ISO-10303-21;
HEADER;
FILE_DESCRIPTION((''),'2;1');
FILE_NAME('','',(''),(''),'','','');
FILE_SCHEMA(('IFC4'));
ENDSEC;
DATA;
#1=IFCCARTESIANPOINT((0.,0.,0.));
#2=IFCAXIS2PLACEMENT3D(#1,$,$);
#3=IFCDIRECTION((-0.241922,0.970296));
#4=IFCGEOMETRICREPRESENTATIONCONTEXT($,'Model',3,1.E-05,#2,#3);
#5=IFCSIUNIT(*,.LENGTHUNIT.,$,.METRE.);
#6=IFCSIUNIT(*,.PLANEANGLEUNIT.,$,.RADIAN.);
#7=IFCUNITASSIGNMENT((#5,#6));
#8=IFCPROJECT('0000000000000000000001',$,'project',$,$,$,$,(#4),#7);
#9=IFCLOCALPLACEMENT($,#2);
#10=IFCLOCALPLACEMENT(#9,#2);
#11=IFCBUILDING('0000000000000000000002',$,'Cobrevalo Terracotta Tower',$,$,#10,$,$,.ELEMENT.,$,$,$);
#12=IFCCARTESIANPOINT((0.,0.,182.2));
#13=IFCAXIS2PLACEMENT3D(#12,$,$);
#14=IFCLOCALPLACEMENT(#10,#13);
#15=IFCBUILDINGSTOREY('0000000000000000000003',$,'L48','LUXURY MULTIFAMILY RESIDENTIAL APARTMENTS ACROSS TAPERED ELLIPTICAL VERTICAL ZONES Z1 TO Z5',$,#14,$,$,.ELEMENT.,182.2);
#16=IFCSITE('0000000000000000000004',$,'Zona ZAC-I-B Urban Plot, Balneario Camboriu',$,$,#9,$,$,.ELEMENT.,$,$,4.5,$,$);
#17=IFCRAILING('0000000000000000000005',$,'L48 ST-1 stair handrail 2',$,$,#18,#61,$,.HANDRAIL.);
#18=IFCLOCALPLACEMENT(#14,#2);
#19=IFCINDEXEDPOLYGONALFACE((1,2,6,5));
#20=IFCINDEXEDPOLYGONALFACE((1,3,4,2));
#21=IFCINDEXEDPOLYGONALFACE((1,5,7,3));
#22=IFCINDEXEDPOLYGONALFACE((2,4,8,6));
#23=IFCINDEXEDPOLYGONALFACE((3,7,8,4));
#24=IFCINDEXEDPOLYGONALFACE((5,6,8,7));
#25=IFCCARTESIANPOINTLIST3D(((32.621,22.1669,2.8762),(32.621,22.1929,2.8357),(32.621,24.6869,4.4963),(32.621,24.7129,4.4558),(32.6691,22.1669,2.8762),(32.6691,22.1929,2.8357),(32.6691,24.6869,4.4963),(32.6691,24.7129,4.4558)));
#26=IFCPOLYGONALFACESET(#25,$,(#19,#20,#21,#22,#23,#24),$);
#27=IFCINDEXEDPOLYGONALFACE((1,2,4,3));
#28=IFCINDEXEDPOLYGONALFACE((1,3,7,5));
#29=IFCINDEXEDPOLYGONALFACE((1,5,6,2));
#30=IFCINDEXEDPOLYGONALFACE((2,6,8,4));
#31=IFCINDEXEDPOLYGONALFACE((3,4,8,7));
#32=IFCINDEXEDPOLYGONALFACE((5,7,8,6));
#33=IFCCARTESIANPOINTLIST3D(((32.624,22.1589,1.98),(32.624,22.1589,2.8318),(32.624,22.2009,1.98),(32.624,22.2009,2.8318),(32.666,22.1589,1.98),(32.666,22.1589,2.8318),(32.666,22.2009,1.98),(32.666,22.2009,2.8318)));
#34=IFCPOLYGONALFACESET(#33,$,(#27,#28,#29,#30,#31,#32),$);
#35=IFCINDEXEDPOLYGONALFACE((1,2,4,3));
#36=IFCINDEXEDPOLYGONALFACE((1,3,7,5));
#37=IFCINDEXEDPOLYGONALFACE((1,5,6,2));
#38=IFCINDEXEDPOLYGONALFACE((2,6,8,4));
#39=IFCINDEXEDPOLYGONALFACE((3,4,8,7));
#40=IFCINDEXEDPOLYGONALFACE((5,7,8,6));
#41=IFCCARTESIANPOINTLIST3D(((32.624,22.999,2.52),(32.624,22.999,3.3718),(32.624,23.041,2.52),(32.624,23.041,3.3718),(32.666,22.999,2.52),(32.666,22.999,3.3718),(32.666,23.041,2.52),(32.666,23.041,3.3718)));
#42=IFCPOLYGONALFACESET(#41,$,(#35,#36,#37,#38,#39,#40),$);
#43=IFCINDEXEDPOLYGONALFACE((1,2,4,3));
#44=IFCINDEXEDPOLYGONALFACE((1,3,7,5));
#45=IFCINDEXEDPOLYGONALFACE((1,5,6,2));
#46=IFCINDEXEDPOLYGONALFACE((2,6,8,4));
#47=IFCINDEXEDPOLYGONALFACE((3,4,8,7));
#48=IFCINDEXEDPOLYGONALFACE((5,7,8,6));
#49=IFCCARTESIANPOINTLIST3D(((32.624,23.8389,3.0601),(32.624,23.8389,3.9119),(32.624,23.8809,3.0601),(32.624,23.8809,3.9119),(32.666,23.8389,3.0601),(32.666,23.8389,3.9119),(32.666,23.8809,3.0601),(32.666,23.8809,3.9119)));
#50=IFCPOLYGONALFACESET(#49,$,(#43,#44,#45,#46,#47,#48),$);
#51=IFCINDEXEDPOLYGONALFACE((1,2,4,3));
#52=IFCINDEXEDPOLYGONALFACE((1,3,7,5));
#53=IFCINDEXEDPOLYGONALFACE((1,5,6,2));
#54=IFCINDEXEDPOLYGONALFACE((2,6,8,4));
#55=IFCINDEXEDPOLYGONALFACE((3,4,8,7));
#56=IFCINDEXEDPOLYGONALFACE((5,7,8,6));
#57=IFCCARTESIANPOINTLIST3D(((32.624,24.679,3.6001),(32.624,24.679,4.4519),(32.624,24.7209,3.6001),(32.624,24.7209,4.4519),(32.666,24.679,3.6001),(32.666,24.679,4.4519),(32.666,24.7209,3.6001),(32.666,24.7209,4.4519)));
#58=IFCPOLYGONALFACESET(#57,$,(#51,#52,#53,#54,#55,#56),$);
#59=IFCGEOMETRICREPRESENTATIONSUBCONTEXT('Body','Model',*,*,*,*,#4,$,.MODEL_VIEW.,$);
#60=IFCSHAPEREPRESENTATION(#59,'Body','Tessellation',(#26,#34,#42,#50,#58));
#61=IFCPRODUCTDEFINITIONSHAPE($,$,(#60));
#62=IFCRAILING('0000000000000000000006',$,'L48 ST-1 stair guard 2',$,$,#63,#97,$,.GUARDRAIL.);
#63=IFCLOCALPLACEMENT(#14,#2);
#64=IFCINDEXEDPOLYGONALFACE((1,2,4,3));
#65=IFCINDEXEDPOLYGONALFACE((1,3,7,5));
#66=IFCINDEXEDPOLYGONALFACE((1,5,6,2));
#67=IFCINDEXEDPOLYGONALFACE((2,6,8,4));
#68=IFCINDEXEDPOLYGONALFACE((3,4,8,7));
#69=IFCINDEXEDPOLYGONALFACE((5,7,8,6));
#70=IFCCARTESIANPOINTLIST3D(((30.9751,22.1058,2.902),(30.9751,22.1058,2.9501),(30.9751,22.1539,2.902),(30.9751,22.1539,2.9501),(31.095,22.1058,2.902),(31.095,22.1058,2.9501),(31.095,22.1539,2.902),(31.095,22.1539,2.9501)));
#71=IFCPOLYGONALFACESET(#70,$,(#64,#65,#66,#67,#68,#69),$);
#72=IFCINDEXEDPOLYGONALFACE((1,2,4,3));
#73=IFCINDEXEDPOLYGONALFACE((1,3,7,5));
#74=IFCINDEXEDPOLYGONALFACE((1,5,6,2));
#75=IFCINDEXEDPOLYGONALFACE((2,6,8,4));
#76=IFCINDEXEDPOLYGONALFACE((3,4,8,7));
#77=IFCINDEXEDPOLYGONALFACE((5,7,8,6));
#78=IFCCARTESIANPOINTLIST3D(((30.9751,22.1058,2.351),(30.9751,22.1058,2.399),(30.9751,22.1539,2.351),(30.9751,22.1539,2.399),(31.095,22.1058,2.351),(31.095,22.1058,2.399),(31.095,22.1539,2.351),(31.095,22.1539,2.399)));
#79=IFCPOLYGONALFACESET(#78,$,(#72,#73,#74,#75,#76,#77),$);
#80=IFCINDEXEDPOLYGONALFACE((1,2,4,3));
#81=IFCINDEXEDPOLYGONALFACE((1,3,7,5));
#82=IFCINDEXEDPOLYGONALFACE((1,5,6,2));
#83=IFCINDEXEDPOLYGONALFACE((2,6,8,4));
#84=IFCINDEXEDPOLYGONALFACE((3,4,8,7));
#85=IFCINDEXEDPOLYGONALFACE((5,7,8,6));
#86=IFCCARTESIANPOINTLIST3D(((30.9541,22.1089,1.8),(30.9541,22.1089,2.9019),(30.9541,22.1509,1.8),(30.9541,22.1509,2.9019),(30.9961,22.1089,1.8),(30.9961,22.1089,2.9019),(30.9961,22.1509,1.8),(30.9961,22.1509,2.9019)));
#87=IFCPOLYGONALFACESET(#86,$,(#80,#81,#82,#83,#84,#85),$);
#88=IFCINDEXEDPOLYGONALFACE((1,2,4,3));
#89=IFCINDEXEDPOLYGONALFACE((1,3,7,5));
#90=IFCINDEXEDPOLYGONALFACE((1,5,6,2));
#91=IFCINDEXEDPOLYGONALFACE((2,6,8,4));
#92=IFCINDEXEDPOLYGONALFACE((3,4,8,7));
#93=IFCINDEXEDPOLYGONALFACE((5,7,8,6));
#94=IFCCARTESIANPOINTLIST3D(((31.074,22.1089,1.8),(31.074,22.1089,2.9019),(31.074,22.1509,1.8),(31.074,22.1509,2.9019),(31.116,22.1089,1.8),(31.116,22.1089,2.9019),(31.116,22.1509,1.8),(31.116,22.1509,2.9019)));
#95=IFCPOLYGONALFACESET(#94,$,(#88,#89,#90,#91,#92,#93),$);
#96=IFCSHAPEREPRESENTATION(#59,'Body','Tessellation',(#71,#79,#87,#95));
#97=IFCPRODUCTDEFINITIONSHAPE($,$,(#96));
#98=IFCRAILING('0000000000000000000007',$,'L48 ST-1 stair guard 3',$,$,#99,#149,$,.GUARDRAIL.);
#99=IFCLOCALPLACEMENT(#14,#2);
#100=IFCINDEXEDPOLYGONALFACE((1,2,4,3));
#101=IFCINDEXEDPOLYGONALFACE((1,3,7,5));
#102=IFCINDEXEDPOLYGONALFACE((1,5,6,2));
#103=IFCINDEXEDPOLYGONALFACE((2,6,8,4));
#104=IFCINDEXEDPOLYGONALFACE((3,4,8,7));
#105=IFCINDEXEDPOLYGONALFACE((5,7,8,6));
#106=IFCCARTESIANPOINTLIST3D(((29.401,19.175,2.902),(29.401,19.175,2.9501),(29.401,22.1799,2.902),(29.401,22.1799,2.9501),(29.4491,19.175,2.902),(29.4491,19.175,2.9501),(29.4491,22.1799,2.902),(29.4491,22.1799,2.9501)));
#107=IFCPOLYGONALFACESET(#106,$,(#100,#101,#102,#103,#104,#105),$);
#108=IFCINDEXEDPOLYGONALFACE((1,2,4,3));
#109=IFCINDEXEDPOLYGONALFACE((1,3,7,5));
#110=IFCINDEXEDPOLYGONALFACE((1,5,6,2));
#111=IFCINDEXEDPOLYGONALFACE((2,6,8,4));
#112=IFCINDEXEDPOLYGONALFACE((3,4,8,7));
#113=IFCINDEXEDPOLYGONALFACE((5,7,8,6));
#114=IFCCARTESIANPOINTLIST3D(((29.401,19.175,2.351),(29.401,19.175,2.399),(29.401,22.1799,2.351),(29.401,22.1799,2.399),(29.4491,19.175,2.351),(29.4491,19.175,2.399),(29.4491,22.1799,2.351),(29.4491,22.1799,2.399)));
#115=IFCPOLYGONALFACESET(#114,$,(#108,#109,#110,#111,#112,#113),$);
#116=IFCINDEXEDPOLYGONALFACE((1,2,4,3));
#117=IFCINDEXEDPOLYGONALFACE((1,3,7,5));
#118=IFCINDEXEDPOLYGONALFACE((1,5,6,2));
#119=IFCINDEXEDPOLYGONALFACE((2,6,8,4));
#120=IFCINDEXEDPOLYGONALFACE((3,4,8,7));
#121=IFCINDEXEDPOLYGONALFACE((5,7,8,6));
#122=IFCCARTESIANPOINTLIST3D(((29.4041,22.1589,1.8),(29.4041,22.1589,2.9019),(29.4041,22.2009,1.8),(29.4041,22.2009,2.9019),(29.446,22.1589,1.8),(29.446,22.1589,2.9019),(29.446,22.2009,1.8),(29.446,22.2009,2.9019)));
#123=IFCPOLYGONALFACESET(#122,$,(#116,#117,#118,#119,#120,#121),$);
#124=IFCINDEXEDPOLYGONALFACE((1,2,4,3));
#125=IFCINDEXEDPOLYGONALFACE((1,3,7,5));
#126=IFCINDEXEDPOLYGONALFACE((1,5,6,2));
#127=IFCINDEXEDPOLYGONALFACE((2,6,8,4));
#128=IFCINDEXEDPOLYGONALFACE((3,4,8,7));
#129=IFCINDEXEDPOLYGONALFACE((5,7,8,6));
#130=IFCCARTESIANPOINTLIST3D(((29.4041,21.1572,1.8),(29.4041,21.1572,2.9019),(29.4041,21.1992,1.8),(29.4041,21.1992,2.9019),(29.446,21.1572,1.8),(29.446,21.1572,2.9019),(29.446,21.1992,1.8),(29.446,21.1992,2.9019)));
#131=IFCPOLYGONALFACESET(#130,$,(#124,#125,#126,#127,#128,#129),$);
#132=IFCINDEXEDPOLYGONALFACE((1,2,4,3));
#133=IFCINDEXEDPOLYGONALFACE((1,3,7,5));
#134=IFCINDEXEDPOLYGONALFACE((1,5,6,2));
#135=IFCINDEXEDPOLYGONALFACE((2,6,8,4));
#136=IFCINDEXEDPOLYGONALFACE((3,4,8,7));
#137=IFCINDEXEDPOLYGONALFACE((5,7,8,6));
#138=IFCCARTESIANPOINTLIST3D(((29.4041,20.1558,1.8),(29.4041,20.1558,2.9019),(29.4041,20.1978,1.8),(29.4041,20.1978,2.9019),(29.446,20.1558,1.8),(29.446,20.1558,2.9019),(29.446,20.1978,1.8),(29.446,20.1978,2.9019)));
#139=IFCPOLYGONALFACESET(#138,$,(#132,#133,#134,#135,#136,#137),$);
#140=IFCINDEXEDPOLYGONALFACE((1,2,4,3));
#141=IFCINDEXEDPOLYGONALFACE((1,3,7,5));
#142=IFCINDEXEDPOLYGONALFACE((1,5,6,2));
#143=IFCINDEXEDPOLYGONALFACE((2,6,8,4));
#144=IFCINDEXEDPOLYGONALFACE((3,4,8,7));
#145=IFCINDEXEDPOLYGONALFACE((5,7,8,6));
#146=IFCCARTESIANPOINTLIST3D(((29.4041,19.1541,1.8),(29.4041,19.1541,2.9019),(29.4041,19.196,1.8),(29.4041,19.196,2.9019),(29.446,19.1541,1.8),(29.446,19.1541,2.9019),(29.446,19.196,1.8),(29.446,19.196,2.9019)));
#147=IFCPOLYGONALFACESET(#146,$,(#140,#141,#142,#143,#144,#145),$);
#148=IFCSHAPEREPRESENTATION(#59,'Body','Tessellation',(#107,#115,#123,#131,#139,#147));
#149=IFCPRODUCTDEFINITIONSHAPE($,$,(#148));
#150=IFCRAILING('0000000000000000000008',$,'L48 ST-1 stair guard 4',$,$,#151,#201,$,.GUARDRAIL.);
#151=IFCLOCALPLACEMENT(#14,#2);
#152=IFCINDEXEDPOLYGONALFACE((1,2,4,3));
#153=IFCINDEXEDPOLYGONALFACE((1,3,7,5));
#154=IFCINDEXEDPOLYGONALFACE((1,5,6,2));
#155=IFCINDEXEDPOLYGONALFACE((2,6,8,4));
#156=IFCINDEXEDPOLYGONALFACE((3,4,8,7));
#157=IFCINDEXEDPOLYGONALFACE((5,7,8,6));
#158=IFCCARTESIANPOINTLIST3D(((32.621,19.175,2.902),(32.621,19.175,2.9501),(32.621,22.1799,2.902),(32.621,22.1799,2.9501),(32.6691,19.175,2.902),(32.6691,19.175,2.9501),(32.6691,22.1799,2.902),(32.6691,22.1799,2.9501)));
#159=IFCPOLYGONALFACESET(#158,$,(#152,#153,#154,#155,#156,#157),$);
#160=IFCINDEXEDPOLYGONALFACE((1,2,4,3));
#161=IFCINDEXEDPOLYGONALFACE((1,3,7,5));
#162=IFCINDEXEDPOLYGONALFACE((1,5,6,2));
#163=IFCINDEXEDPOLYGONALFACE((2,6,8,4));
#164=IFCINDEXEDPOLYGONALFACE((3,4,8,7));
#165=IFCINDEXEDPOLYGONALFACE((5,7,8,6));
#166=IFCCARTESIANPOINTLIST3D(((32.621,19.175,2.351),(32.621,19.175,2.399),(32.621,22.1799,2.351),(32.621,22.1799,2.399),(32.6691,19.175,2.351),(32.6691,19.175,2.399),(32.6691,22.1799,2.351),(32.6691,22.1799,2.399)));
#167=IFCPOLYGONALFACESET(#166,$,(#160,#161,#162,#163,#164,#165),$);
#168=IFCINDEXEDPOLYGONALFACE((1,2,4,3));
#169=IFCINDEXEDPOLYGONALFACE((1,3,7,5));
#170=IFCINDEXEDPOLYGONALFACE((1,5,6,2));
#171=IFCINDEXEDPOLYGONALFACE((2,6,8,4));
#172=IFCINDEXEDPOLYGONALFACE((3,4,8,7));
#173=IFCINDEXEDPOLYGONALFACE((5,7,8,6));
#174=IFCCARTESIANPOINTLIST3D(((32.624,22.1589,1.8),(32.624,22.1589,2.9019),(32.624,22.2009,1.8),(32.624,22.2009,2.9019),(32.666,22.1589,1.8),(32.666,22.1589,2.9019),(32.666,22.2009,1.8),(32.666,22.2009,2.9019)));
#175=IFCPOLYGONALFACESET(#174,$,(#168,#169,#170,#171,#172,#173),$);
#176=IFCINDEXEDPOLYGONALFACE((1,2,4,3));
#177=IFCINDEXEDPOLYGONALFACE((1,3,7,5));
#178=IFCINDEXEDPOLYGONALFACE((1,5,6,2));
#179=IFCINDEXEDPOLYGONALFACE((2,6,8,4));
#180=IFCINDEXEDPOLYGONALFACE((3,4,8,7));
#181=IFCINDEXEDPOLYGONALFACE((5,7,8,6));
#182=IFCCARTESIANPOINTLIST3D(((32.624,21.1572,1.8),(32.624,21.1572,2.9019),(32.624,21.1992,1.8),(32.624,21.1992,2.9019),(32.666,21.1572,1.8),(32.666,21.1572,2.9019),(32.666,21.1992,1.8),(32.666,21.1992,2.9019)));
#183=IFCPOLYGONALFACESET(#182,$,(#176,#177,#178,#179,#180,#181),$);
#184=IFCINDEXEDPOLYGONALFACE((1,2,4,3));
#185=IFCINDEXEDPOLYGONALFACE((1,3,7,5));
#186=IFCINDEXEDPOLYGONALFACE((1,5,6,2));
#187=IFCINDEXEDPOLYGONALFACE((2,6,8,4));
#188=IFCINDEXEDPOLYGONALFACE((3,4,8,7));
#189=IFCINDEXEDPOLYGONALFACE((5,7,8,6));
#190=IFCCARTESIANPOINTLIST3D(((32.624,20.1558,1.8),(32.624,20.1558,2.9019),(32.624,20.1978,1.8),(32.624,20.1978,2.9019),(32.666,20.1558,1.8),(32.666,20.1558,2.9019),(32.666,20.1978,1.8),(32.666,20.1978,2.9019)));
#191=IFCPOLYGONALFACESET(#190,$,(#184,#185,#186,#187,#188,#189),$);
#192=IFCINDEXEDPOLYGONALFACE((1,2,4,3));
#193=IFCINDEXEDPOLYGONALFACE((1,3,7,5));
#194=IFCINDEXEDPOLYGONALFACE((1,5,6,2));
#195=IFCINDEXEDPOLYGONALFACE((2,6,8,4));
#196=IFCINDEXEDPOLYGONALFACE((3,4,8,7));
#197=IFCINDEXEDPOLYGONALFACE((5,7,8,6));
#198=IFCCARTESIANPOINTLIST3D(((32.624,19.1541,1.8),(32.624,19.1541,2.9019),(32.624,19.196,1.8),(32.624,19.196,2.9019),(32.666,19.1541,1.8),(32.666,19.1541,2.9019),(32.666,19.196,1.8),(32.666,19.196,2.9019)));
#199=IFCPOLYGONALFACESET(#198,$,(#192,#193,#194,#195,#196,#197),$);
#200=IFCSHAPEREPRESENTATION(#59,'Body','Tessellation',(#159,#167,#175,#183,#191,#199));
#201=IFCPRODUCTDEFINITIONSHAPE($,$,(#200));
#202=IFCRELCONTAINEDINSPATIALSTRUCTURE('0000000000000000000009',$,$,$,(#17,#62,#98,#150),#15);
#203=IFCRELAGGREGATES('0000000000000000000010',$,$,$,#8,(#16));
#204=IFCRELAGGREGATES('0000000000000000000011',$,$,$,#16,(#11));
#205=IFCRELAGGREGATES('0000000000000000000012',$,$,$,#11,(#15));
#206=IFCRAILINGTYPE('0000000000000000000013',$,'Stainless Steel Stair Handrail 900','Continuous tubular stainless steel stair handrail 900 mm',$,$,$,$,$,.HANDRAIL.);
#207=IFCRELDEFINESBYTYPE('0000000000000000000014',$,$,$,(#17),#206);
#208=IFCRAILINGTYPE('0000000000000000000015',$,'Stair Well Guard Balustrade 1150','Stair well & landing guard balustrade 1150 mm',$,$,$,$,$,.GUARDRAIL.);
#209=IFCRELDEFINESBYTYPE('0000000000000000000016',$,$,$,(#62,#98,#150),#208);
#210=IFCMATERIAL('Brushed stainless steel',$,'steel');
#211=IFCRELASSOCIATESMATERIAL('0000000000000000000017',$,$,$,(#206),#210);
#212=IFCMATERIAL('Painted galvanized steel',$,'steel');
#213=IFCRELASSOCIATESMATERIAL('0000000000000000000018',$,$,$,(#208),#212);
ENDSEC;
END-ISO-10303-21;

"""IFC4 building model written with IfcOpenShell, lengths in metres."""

from ifc_helpers import new_model, si_unit, direction, frame, origin, origin_2d, place, context, subcontext, project, spatial, rectangle, extrude, material, type_object, element, save


model = new_model("IFC4")

# Units and contexts
model_context = context("Model", 3, precision=1e-05, world=origin(), true_north=direction((-0.241922, 0.970296)))
body_context = subcontext(model_context, "Body", "Model", "MODEL_VIEW")
ifc_project = project(units=[si_unit("LENGTHUNIT", "METRE"), si_unit("PLANEANGLEUNIT", "RADIAN")], contexts=[model_context])

# Site, building, storey
site_placement = place(None, origin())
site = spatial("IfcSite", under=ifc_project, at=site_placement, Name="Zona ZAC-I-B Urban Plot, Balneario Camboriu", CompositionType="ELEMENT", RefElevation=4.5)
building_placement = place(site_placement, origin())
building = spatial("IfcBuilding", under=site, at=building_placement, Name="Cobrevalo Terracotta Tower", CompositionType="ELEMENT")
storey_placement = place(building_placement, frame((0.0, 0.0, 182.2)))
storey = spatial("IfcBuildingStorey", under=building, at=storey_placement, Name="L48", Description="LUXURY MULTIFAMILY RESIDENTIAL APARTMENTS ACROSS TAPERED ELLIPTICAL VERTICAL ZONES Z1 TO Z5", CompositionType="ELEMENT", Elevation=182.2)

# Railings
ifc_material_1 = material(Name="Brushed stainless steel", Category="steel")
railing_type_1 = type_object("IfcRailingType", Name="Stainless Steel Stair Handrail 900", Description="Continuous tubular stainless steel stair handrail 900 mm", PredefinedType="HANDRAIL", material=ifc_material_1)
railing_1_placement = place(storey_placement, frame((32.645, 22.1799, 1.98)))
element("IfcRailing", 1, at=railing_1_placement, inside=storey, type_object=railing_type_1, Name="L48 ST-1 stair handrail 2", PredefinedType="HANDRAIL", context=body_context, shape_type="SweptSolid", body=[
    extrude(rectangle(XDim=0.0481, YDim=0.0481, at=origin_2d()), frame((0.0, 0.0, 0.876), z_axis=(0.0, 0.841163, 0.540782), x_axis=(-1.0, 0.0, 0.0)), (0.0, 0.0, 1.0), 2.9958),
    extrude(rectangle(XDim=0.042, YDim=0.042, at=origin_2d()), origin(), (0.0, 0.0, 1.0), 0.8518),
    extrude(rectangle(XDim=0.042, YDim=0.042, at=origin_2d()), frame((0.0, 0.8401, 0.54)), (0.0, 0.0, 1.0), 0.8518),
    extrude(rectangle(XDim=0.042, YDim=0.042, at=origin_2d()), frame((0.0, 1.6799, 1.0801)), (0.0, 0.0, 1.0), 0.8518),
    extrude(rectangle(XDim=0.042, YDim=0.042, at=origin_2d()), frame((0.0, 2.52, 1.6201)), (0.0, 0.0, 1.0), 0.8518),
])
ifc_material_2 = material(Name="Painted galvanized steel", Category="steel")
railing_type_2 = type_object("IfcRailingType", Name="Stair Well Guard Balustrade 1150", Description="Stair well & landing guard balustrade 1150 mm", PredefinedType="GUARDRAIL", material=ifc_material_2)
railing_2_placement = place(storey_placement, frame((30.9751, 22.1299, 1.8)))
element("IfcRailing", 2, at=railing_2_placement, inside=storey, type_object=railing_type_2, Name="L48 ST-1 stair guard 2", PredefinedType="GUARDRAIL", context=body_context, shape_type="SweptSolid", body=[
    extrude(rectangle(XDim=0.0481, YDim=0.0481, at=origin_2d()), frame((0.0, 0.0, 1.126), z_axis=(1.0, 0.0, 0.0), x_axis=(0.0, 1.0, 0.0)), (0.0, 0.0, 1.0), 0.1199),
    extrude(rectangle(XDim=0.0481, YDim=0.0481, at=origin_2d()), frame((0.0, 0.0, 0.575), z_axis=(1.0, 0.0, 0.0), x_axis=(0.0, 1.0, 0.0)), (0.0, 0.0, 1.0), 0.1199),
    extrude(rectangle(XDim=0.042, YDim=0.042, at=origin_2d()), origin(), (0.0, 0.0, 1.0), 1.1018),
    extrude(rectangle(XDim=0.042, YDim=0.042, at=origin_2d()), frame((0.1199, 0.0, 0.0)), (0.0, 0.0, 1.0), 1.1018),
])
for number, where, name in (
    (3, (29.425, 22.1799, 1.8), "L48 ST-1 stair guard 3"),
    (4, (32.645, 22.1799, 1.8), "L48 ST-1 stair guard 4"),
):
    element("IfcRailing", number, at=place(storey_placement, frame(where)), inside=storey, type_object=railing_type_2, Name=name, PredefinedType="GUARDRAIL", context=body_context, shape_type="SweptSolid", body=[
        extrude(rectangle(XDim=0.0481, YDim=0.0481, at=origin_2d()), frame((0.0, 0.0, 1.126), z_axis=(0.0, -1.0, 0.0), x_axis=(1.0, 0.0, 0.0)), (0.0, 0.0, 1.0), 3.0049),
        extrude(rectangle(XDim=0.0481, YDim=0.0481, at=origin_2d()), frame((0.0, 0.0, 0.575), z_axis=(0.0, -1.0, 0.0), x_axis=(1.0, 0.0, 0.0)), (0.0, 0.0, 1.0), 3.0049),
        extrude(rectangle(XDim=0.042, YDim=0.042, at=origin_2d()), origin(), (0.0, 0.0, 1.0), 1.1018),
        extrude(rectangle(XDim=0.042, YDim=0.042, at=origin_2d()), frame((0.0, -1.0017, 0.0)), (0.0, 0.0, 1.0), 1.1018),
        extrude(rectangle(XDim=0.042, YDim=0.042, at=origin_2d()), frame((0.0, -2.0032, 0.0)), (0.0, 0.0, 1.0), 1.1018),
        extrude(rectangle(XDim=0.042, YDim=0.042, at=origin_2d()), frame((0.0, -3.0049, 0.0)), (0.0, 0.0, 1.0), 1.1018),
    ])

save(model, "model.ifc")
